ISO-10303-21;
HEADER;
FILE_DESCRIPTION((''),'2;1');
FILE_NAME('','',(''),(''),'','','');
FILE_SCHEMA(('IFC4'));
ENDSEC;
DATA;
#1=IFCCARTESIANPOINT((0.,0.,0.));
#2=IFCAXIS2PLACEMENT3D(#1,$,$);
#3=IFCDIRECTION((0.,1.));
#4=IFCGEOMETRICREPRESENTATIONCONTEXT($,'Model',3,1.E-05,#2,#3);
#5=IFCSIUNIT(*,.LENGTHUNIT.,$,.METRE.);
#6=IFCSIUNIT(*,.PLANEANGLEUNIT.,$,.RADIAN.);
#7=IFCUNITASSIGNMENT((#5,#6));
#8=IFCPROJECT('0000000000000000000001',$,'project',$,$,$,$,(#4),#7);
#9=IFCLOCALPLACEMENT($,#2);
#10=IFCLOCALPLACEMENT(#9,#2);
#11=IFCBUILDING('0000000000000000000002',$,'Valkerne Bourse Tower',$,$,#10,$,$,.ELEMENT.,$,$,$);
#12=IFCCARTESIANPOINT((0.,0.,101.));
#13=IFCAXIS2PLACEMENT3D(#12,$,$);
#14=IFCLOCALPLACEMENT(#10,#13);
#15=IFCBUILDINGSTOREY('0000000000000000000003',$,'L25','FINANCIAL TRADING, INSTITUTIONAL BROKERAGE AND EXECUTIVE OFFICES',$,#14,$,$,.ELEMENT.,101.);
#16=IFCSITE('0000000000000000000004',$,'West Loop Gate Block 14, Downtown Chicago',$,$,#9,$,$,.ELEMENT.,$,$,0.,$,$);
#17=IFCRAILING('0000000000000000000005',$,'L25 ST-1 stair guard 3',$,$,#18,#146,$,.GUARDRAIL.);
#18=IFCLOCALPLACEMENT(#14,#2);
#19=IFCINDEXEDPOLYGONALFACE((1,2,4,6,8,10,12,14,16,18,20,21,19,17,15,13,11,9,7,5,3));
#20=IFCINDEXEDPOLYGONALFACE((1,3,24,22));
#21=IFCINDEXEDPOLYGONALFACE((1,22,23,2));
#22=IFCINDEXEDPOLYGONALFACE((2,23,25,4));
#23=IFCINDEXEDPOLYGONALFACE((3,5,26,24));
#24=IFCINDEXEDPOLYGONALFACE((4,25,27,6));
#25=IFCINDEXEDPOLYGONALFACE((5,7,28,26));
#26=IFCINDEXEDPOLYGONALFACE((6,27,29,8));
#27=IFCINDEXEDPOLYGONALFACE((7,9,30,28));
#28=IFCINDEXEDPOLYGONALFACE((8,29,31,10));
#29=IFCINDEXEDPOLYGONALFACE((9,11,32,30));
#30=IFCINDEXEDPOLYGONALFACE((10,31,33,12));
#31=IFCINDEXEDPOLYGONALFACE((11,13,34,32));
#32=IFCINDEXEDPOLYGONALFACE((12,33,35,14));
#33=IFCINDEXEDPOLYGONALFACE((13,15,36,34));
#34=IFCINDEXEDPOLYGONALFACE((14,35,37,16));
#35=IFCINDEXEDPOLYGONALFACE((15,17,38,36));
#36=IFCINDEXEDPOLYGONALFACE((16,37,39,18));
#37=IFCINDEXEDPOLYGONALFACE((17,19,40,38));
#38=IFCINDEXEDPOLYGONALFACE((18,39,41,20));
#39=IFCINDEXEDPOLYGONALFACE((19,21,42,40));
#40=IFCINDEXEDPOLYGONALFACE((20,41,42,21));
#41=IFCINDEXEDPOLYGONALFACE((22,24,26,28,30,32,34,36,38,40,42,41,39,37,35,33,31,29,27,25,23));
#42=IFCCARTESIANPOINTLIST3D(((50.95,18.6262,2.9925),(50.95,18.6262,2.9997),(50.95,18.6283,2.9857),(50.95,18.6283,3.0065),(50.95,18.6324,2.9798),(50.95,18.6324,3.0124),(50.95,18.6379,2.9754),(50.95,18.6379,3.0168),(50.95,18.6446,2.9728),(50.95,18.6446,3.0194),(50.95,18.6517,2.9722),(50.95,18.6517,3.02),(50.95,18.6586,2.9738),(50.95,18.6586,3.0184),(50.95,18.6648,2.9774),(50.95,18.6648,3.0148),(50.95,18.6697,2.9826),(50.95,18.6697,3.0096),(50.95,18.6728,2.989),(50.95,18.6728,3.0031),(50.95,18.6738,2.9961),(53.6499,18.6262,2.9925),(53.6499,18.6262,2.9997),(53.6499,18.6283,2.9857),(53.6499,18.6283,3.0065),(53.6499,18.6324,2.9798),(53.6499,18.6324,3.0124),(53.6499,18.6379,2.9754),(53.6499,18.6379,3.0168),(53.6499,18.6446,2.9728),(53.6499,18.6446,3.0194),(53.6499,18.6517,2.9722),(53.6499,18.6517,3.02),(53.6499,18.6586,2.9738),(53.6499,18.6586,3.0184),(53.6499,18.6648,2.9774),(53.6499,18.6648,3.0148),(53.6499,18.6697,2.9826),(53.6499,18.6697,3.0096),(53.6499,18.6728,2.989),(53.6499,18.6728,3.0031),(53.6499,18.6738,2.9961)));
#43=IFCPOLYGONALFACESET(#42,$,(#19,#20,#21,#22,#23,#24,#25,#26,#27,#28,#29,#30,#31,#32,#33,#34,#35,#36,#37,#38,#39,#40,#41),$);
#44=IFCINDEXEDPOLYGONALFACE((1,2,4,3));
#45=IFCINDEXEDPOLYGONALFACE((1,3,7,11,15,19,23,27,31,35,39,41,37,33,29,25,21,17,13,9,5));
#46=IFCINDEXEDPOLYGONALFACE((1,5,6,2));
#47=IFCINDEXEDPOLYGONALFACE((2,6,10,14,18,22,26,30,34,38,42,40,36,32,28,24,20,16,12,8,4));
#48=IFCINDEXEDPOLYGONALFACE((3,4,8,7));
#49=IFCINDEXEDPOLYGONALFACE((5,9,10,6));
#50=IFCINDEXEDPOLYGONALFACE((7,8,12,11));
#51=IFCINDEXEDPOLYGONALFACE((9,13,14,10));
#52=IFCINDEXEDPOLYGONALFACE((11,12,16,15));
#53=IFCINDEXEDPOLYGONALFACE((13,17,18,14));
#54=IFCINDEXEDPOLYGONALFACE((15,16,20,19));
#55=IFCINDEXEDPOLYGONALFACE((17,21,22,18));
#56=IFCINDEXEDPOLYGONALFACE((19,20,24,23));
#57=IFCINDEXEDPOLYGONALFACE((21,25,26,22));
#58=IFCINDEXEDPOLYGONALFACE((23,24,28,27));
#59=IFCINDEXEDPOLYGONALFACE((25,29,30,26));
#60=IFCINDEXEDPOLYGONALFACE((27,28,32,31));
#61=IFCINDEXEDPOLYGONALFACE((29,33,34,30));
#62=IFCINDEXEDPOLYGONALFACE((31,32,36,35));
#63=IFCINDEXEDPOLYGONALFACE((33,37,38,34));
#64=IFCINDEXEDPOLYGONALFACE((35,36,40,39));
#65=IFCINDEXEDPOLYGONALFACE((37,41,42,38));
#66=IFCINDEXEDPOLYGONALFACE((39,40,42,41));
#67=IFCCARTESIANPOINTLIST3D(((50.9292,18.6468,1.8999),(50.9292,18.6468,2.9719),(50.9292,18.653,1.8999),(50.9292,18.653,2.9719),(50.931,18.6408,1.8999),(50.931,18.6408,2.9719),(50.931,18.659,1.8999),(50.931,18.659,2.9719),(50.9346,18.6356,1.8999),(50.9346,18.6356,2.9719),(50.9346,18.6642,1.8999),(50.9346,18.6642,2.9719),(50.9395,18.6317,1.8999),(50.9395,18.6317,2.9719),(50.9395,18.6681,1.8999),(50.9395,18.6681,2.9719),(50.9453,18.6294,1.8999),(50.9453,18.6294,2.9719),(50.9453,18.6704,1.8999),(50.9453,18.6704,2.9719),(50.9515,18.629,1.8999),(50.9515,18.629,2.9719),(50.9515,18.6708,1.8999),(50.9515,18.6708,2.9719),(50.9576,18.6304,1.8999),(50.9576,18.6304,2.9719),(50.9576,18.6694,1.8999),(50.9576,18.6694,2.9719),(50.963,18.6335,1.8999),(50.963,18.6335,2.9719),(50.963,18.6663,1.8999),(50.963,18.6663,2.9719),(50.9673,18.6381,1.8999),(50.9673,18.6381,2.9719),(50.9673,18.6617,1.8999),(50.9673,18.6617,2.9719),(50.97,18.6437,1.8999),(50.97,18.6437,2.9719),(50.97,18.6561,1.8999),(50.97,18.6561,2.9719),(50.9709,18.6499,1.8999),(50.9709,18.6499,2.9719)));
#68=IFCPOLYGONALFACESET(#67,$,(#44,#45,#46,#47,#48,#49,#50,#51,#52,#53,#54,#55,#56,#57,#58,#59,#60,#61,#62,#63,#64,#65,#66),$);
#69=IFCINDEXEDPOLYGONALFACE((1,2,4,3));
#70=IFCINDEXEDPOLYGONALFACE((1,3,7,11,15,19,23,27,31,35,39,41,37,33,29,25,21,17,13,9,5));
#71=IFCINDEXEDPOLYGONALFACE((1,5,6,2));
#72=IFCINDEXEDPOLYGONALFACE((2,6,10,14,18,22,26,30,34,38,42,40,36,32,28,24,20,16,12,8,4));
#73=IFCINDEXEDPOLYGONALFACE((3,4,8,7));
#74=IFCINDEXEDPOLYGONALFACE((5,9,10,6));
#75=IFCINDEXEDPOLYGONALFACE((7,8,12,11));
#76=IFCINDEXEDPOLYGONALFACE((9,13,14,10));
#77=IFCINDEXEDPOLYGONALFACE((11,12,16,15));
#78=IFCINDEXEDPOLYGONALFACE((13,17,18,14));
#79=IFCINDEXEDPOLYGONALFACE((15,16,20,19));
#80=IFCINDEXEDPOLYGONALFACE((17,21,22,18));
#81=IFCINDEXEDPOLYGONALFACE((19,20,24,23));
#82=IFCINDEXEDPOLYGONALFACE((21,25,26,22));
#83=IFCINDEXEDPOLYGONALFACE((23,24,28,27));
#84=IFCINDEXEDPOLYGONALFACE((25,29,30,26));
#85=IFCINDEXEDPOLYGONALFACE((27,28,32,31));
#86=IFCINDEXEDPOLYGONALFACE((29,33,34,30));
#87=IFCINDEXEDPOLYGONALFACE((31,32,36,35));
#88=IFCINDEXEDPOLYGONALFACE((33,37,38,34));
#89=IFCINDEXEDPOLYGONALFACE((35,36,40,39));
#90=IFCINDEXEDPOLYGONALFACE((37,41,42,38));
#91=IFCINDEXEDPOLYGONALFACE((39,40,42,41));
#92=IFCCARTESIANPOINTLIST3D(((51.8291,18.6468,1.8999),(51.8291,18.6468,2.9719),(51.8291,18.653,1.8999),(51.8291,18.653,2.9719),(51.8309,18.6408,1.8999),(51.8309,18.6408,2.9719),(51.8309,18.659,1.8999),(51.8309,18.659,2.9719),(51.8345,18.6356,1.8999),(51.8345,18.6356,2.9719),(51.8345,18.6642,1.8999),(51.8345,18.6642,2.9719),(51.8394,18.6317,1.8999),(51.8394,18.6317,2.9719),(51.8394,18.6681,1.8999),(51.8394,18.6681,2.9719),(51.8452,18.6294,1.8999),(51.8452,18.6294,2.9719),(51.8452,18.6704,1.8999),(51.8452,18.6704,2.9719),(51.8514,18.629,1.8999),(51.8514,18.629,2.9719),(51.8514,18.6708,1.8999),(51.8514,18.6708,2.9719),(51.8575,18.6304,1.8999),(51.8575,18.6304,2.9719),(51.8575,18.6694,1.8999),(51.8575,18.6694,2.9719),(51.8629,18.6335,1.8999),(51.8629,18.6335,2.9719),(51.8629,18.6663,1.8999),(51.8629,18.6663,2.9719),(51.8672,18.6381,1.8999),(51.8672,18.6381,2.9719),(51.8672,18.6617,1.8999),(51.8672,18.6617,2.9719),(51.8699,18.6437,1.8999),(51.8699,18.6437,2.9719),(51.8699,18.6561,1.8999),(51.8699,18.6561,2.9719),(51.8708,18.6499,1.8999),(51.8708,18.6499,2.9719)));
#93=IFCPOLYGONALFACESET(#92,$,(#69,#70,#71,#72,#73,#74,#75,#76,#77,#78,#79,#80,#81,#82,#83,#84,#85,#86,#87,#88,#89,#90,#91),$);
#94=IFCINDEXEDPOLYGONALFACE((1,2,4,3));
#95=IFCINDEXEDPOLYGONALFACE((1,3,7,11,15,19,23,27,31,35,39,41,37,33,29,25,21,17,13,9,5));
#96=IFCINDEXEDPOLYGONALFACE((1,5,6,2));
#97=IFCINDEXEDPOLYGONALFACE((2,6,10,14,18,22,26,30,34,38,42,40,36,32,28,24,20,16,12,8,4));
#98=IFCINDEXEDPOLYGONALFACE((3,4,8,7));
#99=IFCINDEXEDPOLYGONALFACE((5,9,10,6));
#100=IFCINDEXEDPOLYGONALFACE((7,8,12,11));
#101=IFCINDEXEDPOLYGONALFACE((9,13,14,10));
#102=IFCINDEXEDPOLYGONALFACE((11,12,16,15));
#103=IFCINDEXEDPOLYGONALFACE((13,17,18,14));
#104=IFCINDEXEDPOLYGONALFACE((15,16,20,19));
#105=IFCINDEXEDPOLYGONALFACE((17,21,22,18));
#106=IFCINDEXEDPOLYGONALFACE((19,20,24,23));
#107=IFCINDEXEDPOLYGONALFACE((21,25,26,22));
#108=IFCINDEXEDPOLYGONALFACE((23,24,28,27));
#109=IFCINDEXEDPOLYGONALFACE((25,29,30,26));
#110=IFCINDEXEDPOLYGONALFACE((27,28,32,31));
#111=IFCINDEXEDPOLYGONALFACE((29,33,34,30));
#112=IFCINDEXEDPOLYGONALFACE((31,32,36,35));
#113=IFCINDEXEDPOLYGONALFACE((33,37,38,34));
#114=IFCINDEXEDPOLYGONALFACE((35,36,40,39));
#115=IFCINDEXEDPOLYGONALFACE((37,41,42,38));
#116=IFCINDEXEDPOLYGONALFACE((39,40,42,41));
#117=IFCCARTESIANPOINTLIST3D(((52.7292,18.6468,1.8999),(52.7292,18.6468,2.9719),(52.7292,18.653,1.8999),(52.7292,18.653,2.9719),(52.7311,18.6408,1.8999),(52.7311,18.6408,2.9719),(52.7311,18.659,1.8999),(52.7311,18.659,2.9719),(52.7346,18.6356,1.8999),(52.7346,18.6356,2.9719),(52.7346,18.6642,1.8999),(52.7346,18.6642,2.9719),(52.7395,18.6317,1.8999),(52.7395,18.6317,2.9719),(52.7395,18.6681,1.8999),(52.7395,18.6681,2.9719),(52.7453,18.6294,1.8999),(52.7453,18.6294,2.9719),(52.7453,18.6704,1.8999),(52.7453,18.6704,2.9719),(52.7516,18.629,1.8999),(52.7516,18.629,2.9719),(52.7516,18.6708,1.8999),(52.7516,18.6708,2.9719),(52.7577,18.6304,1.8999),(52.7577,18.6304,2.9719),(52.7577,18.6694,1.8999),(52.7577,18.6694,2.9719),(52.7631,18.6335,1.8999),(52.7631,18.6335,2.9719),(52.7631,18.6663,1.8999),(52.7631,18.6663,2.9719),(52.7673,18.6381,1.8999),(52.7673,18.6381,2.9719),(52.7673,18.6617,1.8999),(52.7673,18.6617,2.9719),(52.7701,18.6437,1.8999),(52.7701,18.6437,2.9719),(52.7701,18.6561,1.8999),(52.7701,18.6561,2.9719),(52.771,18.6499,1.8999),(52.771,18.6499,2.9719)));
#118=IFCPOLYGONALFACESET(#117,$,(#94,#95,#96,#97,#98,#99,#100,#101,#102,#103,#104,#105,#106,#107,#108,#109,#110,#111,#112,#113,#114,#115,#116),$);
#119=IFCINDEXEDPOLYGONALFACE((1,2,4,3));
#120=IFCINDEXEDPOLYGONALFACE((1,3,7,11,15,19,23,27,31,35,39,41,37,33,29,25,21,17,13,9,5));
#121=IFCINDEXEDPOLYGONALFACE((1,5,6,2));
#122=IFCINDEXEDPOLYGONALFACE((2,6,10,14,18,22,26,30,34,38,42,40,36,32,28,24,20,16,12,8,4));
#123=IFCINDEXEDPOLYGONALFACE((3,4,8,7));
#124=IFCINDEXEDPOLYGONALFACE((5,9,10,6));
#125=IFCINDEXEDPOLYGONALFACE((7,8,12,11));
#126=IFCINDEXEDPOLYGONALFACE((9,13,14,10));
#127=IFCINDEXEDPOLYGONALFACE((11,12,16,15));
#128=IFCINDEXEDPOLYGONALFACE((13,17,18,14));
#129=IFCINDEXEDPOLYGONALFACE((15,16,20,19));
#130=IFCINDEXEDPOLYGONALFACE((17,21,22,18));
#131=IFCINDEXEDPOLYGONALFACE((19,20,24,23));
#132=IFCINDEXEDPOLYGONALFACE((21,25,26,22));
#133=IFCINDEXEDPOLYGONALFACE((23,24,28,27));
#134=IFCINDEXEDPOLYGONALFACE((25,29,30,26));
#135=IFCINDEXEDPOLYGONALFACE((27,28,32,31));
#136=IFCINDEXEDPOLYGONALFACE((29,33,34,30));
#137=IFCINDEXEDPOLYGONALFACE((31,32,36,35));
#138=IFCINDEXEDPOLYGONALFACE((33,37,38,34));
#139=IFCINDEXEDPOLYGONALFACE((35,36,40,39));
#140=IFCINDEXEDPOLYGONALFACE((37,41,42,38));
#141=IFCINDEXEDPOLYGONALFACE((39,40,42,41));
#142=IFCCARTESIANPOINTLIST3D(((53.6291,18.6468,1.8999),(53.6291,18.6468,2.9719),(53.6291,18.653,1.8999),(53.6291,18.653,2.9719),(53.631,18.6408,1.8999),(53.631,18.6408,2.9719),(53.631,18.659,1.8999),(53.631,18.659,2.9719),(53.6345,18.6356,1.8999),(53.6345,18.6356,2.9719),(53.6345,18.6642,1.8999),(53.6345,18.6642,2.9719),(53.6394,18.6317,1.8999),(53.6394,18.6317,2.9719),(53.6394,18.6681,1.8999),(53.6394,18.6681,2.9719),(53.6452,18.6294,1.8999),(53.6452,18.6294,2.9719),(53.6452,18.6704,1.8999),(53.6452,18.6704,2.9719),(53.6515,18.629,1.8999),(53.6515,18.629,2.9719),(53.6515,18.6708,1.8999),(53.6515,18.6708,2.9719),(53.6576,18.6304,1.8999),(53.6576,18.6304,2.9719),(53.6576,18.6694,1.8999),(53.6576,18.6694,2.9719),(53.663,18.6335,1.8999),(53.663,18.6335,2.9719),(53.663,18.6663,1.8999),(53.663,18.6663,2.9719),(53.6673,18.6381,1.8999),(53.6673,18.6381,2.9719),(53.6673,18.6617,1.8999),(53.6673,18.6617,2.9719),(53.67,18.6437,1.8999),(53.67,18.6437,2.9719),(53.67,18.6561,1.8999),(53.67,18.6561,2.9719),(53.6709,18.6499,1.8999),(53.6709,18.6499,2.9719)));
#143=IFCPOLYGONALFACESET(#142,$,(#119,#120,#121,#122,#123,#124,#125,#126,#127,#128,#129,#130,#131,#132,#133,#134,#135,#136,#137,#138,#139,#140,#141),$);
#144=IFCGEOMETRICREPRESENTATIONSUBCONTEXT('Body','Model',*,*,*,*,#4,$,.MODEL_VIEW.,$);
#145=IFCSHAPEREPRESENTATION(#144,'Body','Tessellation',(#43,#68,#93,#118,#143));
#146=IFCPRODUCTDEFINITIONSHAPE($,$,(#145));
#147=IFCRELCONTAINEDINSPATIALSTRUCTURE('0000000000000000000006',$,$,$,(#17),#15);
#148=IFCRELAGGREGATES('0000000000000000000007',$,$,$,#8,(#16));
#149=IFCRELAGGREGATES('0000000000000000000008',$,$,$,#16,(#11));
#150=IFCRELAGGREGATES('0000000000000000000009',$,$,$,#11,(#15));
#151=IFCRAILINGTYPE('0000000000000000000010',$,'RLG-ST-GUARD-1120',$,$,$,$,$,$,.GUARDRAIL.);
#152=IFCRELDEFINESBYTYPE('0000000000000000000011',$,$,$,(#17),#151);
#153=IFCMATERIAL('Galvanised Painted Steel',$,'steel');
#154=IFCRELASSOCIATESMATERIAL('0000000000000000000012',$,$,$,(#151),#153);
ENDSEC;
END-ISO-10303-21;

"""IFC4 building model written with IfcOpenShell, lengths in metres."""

from ifc_helpers import new_model, si_unit, direction, frame, origin, origin_2d, place, context, subcontext, project, spatial, circle, extrude, material, type_object, element, save


model = new_model("IFC4")

# Units and contexts
model_context = context("Model", 3, precision=1e-05, world=origin(), true_north=direction((0.0, 1.0)))
body_context = subcontext(model_context, "Body", "Model", "MODEL_VIEW")
ifc_project = project(units=[si_unit("LENGTHUNIT", "METRE"), si_unit("PLANEANGLEUNIT", "RADIAN")], contexts=[model_context])

# Site, building, storey
site_placement = place(None, origin())
site = spatial("IfcSite", under=ifc_project, at=site_placement, Name="West Loop Gate Block 14, Downtown Chicago", CompositionType="ELEMENT", RefElevation=0.0)
building_placement = place(site_placement, origin())
building = spatial("IfcBuilding", under=site, at=building_placement, Name="Valkerne Bourse Tower", CompositionType="ELEMENT")
storey_placement = place(building_placement, frame((0.0, 0.0, 101.0)))
storey = spatial("IfcBuildingStorey", under=building, at=storey_placement, Name="L25", Description="FINANCIAL TRADING, INSTITUTIONAL BROKERAGE AND EXECUTIVE OFFICES", CompositionType="ELEMENT", Elevation=101.0)

# Shared definitions
ifc_material_1 = material(Name="Galvanised Painted Steel", Category="steel")

# Railing
railing_type_1 = type_object("IfcRailingType", Name="RLG-ST-GUARD-1120", PredefinedType="GUARDRAIL", material=ifc_material_1)
for number, where, name in (
    (1, (50.95, 18.6499, 1.8999), "L25 ST-1 stair guard 3"),
):
    element("IfcRailing", number, at=place(storey_placement, frame(where)), inside=storey, type_object=railing_type_1, Name=name, PredefinedType="GUARDRAIL", context=body_context, shape_type="SweptSolid", body=[
        extrude(circle(Radius=0.0239, at=origin_2d()), frame((0.0, 0.0, 1.0962), z_axis=(1.0, 0.0, 0.0), x_axis=(0.0, 1.0, 0.0)), (0.0, 0.0, 1.0), 2.7),
        extrude(circle(Radius=0.021, at=origin_2d()), origin(), (0.0, 0.0, 1.0), 1.072),
        extrude(circle(Radius=0.021, at=origin_2d()), frame((0.8999, 0.0, 0.0)), (0.0, 0.0, 1.0), 1.072),
        extrude(circle(Radius=0.021, at=origin_2d()), frame((1.8, 0.0, 0.0)), (0.0, 0.0, 1.0), 1.072),
        extrude(circle(Radius=0.021, at=origin_2d()), frame((2.7, 0.0, 0.0)), (0.0, 0.0, 1.0), 1.072),
    ])

save(model, "model.ifc")
